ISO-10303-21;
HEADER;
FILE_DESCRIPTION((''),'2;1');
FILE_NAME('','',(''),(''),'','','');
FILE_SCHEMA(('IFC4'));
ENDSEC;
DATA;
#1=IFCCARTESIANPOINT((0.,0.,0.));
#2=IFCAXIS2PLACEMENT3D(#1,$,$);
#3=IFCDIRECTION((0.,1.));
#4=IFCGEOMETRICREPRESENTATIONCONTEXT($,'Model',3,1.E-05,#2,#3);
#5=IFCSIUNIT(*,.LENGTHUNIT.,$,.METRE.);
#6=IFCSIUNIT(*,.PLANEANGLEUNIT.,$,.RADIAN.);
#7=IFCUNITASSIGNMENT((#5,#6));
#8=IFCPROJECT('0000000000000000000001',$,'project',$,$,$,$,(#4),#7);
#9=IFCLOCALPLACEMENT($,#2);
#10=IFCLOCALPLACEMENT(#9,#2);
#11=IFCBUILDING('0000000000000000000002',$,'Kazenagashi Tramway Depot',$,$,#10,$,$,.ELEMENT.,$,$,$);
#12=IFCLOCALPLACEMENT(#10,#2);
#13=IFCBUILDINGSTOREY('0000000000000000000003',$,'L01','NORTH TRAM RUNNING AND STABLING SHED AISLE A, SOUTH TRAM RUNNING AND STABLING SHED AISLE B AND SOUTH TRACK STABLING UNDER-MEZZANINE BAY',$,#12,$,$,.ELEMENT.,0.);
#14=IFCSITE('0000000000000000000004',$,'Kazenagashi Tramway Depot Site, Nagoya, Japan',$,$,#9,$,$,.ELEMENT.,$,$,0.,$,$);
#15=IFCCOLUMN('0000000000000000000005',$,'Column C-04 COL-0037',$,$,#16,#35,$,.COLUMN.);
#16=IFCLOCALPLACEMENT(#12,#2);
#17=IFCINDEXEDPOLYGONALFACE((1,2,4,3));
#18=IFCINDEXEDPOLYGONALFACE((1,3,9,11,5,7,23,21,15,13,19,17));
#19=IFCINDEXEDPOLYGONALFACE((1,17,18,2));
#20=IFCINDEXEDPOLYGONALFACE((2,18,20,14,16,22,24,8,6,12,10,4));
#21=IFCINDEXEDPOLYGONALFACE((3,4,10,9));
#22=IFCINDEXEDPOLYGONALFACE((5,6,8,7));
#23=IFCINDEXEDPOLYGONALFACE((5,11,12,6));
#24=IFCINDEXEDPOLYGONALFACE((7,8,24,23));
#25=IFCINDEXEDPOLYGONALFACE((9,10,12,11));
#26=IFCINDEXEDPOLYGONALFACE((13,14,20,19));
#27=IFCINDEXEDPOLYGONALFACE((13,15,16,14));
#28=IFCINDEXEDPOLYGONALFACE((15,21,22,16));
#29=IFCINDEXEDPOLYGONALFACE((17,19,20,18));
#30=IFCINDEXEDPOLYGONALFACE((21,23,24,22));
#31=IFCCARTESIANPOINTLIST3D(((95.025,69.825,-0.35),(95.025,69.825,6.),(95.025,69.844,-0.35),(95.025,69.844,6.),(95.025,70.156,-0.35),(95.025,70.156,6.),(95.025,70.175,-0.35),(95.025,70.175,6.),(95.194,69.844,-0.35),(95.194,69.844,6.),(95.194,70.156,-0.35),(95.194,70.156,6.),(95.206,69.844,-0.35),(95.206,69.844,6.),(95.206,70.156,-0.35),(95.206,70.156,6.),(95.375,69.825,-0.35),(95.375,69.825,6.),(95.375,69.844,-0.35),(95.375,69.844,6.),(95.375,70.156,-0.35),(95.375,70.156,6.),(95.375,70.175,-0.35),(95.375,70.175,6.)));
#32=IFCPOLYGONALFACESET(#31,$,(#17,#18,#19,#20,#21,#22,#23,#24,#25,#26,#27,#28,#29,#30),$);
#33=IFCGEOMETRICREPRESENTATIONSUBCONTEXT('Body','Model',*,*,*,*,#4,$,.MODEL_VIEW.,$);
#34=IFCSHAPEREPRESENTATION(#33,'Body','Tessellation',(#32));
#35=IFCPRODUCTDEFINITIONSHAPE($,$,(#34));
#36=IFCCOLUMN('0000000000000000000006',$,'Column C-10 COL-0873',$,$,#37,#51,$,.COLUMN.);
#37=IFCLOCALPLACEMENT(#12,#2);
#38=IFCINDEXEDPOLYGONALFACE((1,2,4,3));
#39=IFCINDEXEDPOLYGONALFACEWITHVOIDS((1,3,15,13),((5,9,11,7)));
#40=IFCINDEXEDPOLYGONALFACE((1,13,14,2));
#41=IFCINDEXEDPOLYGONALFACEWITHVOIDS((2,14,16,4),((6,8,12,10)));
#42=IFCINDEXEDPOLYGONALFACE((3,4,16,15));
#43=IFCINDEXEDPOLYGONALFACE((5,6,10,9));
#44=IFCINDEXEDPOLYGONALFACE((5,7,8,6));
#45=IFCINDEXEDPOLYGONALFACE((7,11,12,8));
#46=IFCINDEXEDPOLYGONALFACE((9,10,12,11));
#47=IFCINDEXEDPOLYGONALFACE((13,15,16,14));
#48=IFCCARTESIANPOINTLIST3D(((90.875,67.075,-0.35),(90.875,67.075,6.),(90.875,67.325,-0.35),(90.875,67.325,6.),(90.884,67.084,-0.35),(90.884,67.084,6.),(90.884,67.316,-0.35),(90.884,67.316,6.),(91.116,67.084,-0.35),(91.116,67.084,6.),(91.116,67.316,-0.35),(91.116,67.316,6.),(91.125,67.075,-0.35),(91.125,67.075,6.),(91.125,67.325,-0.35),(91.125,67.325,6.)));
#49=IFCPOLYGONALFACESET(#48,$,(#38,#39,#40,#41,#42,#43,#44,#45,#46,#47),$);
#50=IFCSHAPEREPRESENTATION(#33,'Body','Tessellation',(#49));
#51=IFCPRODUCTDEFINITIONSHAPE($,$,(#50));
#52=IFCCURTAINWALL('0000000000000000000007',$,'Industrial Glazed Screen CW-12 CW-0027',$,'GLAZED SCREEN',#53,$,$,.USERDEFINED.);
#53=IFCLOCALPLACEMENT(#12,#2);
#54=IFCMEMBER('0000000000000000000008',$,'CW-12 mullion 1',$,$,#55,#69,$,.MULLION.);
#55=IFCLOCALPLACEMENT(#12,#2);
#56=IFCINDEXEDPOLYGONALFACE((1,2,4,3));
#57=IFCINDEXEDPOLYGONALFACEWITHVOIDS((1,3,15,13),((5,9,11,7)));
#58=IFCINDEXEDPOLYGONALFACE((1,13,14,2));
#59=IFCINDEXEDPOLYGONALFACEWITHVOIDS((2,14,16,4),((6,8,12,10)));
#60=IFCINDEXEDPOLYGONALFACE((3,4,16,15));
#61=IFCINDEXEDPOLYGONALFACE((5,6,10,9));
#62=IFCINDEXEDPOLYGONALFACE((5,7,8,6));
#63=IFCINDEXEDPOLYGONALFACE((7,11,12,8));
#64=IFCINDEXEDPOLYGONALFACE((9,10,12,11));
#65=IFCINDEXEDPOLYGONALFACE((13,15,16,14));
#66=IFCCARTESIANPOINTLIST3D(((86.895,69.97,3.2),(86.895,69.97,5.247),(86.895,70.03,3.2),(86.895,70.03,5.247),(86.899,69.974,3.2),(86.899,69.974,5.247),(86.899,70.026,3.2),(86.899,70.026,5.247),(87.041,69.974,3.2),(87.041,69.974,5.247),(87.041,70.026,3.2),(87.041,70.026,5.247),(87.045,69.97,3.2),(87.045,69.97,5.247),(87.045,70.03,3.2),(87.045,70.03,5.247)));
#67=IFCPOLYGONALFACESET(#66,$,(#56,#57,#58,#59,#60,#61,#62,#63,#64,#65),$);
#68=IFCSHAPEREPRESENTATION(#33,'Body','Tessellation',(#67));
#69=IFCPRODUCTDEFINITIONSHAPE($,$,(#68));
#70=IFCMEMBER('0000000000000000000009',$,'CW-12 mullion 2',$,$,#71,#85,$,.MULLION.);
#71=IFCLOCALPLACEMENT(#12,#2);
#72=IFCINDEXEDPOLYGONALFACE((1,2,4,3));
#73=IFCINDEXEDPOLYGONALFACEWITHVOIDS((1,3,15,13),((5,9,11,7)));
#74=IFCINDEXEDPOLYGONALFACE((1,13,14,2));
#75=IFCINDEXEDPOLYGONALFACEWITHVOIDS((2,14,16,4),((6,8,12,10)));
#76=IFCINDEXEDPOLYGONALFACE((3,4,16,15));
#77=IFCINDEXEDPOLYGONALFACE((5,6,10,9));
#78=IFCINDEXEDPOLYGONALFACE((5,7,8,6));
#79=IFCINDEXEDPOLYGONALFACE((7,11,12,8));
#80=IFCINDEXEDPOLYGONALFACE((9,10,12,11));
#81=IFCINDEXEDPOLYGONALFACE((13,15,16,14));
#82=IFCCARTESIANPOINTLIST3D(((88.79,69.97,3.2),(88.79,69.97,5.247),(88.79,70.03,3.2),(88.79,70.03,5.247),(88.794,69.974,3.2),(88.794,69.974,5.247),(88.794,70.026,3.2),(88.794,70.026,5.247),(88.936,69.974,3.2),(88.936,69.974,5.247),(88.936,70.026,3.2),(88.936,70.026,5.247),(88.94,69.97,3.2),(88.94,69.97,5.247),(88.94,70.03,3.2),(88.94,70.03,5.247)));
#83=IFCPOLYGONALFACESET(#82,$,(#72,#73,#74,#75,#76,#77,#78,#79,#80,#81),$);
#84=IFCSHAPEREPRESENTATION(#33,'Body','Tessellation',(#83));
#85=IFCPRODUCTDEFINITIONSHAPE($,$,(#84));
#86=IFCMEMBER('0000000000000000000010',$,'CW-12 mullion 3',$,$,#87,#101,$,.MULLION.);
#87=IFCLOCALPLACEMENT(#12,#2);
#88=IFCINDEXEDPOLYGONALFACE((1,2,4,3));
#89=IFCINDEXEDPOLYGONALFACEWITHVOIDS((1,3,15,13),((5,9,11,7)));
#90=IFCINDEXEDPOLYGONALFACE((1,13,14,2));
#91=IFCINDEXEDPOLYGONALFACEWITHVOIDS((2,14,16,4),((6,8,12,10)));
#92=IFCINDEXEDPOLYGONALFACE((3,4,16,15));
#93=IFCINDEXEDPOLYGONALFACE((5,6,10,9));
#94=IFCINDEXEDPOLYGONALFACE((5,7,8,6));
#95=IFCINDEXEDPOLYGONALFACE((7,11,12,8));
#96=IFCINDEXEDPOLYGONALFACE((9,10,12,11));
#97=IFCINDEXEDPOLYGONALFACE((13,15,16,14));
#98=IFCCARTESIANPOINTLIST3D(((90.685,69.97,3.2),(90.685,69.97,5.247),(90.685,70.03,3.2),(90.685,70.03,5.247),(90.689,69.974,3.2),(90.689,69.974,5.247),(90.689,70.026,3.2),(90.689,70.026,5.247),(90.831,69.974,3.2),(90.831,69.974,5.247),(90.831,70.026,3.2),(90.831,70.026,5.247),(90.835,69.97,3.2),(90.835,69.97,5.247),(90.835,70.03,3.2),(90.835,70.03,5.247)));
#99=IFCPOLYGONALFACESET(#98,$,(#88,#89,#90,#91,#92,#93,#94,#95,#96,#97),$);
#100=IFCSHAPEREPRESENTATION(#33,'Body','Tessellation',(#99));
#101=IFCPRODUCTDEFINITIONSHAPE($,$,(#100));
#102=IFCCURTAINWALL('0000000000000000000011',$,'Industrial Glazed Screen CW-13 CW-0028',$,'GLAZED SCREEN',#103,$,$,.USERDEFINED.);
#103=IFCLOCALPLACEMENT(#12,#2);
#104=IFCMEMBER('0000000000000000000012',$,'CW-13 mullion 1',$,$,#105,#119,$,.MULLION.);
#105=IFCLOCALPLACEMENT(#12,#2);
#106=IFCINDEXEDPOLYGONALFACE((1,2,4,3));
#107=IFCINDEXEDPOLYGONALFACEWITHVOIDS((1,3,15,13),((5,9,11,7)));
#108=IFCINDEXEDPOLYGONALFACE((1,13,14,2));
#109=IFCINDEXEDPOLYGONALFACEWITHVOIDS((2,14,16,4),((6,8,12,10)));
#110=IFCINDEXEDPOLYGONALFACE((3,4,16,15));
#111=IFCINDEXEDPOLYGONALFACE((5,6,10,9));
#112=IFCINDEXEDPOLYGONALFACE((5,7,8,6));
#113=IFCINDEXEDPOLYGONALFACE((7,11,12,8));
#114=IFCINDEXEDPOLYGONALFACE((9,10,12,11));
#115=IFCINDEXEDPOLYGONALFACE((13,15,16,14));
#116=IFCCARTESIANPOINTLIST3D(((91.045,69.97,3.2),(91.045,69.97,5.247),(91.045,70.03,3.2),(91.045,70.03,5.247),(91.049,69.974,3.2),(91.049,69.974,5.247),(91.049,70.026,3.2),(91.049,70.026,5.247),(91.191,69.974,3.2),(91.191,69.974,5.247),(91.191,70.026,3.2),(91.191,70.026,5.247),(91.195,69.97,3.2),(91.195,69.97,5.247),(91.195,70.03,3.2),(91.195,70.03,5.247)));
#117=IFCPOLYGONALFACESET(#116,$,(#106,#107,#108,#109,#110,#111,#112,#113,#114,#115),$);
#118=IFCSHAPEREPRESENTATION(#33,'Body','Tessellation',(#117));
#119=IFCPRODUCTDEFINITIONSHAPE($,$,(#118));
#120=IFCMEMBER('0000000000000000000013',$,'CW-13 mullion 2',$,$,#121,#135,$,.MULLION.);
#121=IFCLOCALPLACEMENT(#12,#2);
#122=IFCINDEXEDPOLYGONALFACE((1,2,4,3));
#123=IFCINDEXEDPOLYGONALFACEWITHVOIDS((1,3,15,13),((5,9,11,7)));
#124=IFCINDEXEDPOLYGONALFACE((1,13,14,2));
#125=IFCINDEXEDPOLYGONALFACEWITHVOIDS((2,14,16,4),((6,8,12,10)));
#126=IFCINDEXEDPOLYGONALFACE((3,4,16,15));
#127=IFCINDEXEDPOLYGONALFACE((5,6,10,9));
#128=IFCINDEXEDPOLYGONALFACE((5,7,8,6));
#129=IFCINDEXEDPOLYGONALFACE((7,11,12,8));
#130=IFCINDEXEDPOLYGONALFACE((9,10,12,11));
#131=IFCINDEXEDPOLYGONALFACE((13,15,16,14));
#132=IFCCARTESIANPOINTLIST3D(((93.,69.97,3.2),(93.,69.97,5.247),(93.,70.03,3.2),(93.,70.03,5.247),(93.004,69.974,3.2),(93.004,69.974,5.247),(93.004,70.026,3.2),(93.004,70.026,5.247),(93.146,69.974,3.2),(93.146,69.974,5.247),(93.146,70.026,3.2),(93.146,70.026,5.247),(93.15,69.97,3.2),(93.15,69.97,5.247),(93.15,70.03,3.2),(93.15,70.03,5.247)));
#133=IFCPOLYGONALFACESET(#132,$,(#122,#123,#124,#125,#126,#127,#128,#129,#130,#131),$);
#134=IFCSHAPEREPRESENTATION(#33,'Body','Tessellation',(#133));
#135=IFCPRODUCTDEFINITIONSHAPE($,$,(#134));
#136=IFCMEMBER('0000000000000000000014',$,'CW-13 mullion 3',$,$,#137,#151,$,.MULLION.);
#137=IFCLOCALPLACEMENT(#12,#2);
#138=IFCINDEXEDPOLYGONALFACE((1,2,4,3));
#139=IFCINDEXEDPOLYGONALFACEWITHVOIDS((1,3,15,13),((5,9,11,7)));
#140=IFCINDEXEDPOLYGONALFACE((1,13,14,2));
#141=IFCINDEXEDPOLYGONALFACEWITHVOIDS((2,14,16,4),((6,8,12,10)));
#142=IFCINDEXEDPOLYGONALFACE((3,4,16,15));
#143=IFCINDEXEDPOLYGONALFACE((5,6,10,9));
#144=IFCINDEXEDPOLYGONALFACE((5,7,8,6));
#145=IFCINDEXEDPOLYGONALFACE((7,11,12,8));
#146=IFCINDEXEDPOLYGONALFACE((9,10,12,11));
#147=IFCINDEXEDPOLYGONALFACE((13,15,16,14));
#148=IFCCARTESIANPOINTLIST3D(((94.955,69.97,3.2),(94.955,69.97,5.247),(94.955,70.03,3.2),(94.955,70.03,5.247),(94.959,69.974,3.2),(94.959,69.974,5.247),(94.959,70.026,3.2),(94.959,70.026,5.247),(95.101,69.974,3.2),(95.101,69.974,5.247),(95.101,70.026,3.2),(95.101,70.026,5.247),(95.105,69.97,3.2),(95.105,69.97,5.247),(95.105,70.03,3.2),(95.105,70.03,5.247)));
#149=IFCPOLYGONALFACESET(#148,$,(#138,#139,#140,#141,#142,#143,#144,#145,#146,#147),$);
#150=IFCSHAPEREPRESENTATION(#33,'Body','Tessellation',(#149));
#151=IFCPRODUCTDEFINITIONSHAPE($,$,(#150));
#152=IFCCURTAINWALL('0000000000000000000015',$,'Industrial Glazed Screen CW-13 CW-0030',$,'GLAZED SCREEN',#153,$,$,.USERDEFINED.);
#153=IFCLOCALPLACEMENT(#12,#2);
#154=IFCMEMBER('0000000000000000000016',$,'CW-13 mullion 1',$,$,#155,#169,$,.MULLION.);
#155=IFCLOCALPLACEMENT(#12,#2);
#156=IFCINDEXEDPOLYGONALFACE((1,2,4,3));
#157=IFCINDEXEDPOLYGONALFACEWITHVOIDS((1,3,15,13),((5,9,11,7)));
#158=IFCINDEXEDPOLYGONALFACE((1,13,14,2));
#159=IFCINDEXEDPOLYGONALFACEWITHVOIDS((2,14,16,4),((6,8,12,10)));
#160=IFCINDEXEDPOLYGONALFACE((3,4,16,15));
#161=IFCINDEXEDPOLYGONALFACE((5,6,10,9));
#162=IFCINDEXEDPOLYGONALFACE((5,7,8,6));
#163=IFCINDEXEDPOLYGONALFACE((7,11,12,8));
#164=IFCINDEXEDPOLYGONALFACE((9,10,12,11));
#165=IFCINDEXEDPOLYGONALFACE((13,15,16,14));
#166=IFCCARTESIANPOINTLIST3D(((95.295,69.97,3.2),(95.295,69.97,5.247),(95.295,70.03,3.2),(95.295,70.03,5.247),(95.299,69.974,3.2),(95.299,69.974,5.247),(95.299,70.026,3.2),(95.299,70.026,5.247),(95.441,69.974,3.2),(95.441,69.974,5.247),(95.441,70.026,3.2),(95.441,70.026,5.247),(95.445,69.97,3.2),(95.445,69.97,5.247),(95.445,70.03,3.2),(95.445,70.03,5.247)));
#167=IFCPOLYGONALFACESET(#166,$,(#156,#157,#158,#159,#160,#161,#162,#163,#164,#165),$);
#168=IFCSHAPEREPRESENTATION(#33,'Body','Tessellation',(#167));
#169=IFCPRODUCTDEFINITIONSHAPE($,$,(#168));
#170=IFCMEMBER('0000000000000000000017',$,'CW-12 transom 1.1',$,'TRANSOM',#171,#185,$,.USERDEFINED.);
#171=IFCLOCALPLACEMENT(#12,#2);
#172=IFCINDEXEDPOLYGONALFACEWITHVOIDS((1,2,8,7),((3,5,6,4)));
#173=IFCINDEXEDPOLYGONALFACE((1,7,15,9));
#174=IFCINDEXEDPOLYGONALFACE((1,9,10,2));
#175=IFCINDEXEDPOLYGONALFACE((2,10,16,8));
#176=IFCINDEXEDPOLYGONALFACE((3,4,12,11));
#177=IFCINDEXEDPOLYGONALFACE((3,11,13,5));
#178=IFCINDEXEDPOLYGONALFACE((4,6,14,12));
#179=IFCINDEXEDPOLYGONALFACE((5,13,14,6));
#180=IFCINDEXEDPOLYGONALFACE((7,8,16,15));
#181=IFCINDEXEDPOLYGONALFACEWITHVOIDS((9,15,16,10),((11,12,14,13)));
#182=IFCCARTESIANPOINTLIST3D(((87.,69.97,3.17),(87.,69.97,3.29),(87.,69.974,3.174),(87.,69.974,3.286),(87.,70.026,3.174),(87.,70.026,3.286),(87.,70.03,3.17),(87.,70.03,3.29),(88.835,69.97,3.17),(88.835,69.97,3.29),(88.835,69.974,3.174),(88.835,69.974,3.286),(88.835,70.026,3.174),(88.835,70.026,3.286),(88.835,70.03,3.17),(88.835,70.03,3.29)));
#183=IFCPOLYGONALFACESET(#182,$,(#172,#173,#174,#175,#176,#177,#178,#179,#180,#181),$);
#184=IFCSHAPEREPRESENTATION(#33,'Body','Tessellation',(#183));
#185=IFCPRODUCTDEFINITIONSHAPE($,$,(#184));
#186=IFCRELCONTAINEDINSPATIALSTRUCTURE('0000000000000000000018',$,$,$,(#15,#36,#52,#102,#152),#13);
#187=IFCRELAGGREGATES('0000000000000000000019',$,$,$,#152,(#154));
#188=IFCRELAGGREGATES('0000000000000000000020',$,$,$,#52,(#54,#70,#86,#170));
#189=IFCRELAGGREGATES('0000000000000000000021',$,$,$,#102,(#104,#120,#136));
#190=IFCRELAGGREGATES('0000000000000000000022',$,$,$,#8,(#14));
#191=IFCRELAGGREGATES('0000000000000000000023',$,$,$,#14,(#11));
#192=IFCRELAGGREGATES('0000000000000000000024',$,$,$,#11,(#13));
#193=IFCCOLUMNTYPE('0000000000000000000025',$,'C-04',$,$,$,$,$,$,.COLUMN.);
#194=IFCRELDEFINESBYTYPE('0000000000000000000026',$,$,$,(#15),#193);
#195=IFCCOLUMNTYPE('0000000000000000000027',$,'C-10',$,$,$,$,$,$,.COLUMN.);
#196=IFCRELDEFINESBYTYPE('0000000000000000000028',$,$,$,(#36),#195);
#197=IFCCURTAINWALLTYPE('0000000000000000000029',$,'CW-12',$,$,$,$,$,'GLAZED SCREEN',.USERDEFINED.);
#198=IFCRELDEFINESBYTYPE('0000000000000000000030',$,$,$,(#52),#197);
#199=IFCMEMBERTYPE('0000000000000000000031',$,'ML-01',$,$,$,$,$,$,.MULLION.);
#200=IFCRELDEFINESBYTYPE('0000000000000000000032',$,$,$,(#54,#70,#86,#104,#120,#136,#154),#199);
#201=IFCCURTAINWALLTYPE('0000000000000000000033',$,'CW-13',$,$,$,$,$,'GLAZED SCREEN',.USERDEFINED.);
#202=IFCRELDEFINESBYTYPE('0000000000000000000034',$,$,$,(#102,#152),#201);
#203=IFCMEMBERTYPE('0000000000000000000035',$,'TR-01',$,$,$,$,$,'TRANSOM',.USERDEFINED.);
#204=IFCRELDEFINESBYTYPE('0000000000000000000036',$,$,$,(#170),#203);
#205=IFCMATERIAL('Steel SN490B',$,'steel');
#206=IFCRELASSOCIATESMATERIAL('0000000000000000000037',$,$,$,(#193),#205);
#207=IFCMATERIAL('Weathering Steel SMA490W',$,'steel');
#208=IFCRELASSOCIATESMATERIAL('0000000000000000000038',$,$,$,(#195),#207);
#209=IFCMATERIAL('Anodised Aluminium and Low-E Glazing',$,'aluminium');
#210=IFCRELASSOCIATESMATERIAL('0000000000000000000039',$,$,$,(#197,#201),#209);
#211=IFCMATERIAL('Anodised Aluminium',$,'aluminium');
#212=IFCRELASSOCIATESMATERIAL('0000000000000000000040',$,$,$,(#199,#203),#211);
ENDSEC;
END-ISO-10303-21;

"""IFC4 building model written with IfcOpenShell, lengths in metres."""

from ifc_helpers import new_model, si_unit, direction, frame, origin, origin_2d, place, context, subcontext, project, spatial, hollow_rectangle, i_section, extrude, material, material_profile, profile_set, type_object, element, aggregate, save


model = new_model("IFC4")

# Units and contexts
model_context = context("Model", 3, precision=1e-05, world=origin(), true_north=direction((0.0, 1.0)))
body_context = subcontext(model_context, "Body", "Model", "MODEL_VIEW")
ifc_project = project(units=[si_unit("LENGTHUNIT", "METRE"), si_unit("PLANEANGLEUNIT", "RADIAN")], contexts=[model_context])

# Site, building, storey
site_placement = place(None, origin())
site = spatial("IfcSite", under=ifc_project, at=site_placement, Name="Kazenagashi Tramway Depot Site, Nagoya, Japan", CompositionType="ELEMENT", RefElevation=0.0)
building_placement = place(site_placement, origin())
building = spatial("IfcBuilding", under=site, at=building_placement, Name="Kazenagashi Tramway Depot", CompositionType="ELEMENT")
storey_placement = place(building_placement, origin())
storey = spatial("IfcBuildingStorey", under=building, at=storey_placement, Name="L01", Description="NORTH TRAM RUNNING AND STABLING SHED AISLE A, SOUTH TRAM RUNNING AND STABLING SHED AISLE B AND SOUTH TRACK STABLING UNDER-MEZZANINE BAY", CompositionType="ELEMENT", Elevation=0.0)

# Columns
ifc_material_1 = material(Name="Steel SN490B", Category="steel")
ifc_material_profile_1 = material_profile(ifc_material_1, i_section(OverallWidth=0.35, OverallDepth=0.35, WebThickness=0.012, FlangeThickness=0.019, at=origin_2d()), Name="H-350x350x12x19")
ifc_profile_set_1 = profile_set([ifc_material_profile_1], Name="Steel SN490B")
column_type_1 = type_object("IfcColumnType", Name="C-04", PredefinedType="COLUMN", material=ifc_profile_set_1)
column_1_placement = place(storey_placement, frame((95.2, 70.0, -0.35), z_axis=(0.0, 0.0, 1.0), x_axis=(1.0, 0.0, 0.0)))
element("IfcColumn", 1, at=column_1_placement, inside=storey, type_object=column_type_1, Name="Column C-04 COL-0037", PredefinedType="COLUMN", context=body_context, shape_type="SweptSolid", body=[
    extrude(i_section(OverallWidth=0.35, OverallDepth=0.35, WebThickness=0.012, FlangeThickness=0.019, at=origin_2d()), origin(), (0.0, 0.0, 1.0), 6.35),
])
ifc_material_2 = material(Name="Weathering Steel SMA490W", Category="steel")
ifc_material_profile_2 = material_profile(ifc_material_2, hollow_rectangle(XDim=0.25, YDim=0.25, WallThickness=0.009, at=origin_2d()), Name="SHS-250x250x9")
ifc_profile_set_2 = profile_set([ifc_material_profile_2], Name="Weathering Steel SMA490W")
column_type_2 = type_object("IfcColumnType", Name="C-10", PredefinedType="COLUMN", material=ifc_profile_set_2)
column_2_placement = place(storey_placement, frame((91.0, 67.2, -0.35), z_axis=(0.0, 0.0, 1.0), x_axis=(1.0, 0.0, 0.0)))
element("IfcColumn", 2, at=column_2_placement, inside=storey, type_object=column_type_2, Name="Column C-10 COL-0873", PredefinedType="COLUMN", context=body_context, shape_type="SweptSolid", body=[
    extrude(hollow_rectangle(XDim=0.25, YDim=0.25, WallThickness=0.009, at=origin_2d()), origin(), (0.0, 0.0, 1.0), 6.35),
])

# Curtain walls, members
ifc_material_3 = material(Name="Anodised Aluminium and Low-E Glazing", Category="aluminium")
curtain_wall_type_1 = type_object("IfcCurtainWallType", Name="CW-12", ElementType="GLAZED SCREEN", PredefinedType="USERDEFINED", material=ifc_material_3)
curtain_wall_1_placement = place(storey_placement, origin())
curtain_wall_1 = element("IfcCurtainWall", 3, at=curtain_wall_1_placement, inside=storey, type_object=curtain_wall_type_1, Name="Industrial Glazed Screen CW-12 CW-0027", ObjectType="GLAZED SCREEN", PredefinedType="USERDEFINED")
ifc_material_4 = material(Name="Anodised Aluminium", Category="aluminium")
ifc_material_profile_3 = material_profile(ifc_material_4, hollow_rectangle(XDim=0.06, YDim=0.15, WallThickness=0.004, at=origin_2d()), Name="RHS-150x60x4")
ifc_profile_set_3 = profile_set([ifc_material_profile_3], Name="Anodised Aluminium")
member_type_1 = type_object("IfcMemberType", Name="ML-01", PredefinedType="MULLION", material=ifc_profile_set_3)
member_1_placement = place(storey_placement, frame((86.97, 70.0, 3.2), z_axis=(0.0, 0.0, 1.0), x_axis=(0.0, 1.0, 0.0)))
member_1 = element("IfcMember", 4, at=member_1_placement, type_object=member_type_1, Name="CW-12 mullion 1", PredefinedType="MULLION", context=body_context, shape_type="SweptSolid", body=[
    extrude(hollow_rectangle(XDim=0.06, YDim=0.15, WallThickness=0.004, at=origin_2d()), origin(), (0.0, 0.0, 1.0), 2.047),
])
member_2_placement = place(storey_placement, frame((88.865, 70.0, 3.2), z_axis=(0.0, 0.0, 1.0), x_axis=(0.0, 1.0, 0.0)))
member_2 = element("IfcMember", 5, at=member_2_placement, type_object=member_type_1, Name="CW-12 mullion 2", PredefinedType="MULLION", context=body_context, shape_type="SweptSolid", body=[
    extrude(hollow_rectangle(XDim=0.06, YDim=0.15, WallThickness=0.004, at=origin_2d()), origin(), (0.0, 0.0, 1.0), 2.047),
])
member_3_placement = place(storey_placement, frame((90.76, 70.0, 3.2), z_axis=(0.0, 0.0, 1.0), x_axis=(0.0, 1.0, 0.0)))
member_3 = element("IfcMember", 6, at=member_3_placement, type_object=member_type_1, Name="CW-12 mullion 3", PredefinedType="MULLION", context=body_context, shape_type="SweptSolid", body=[
    extrude(hollow_rectangle(XDim=0.06, YDim=0.15, WallThickness=0.004, at=origin_2d()), origin(), (0.0, 0.0, 1.0), 2.047),
])
curtain_wall_type_2 = type_object("IfcCurtainWallType", Name="CW-13", ElementType="GLAZED SCREEN", PredefinedType="USERDEFINED", material=ifc_material_3)
curtain_wall_2_placement = place(storey_placement, origin())
curtain_wall_2 = element("IfcCurtainWall", 7, at=curtain_wall_2_placement, inside=storey, type_object=curtain_wall_type_2, Name="Industrial Glazed Screen CW-13 CW-0028", ObjectType="GLAZED SCREEN", PredefinedType="USERDEFINED")
member_4_placement = place(storey_placement, frame((91.12, 70.0, 3.2), z_axis=(0.0, 0.0, 1.0), x_axis=(0.0, 1.0, 0.0)))
member_4 = element("IfcMember", 8, at=member_4_placement, type_object=member_type_1, Name="CW-13 mullion 1", PredefinedType="MULLION", context=body_context, shape_type="SweptSolid", body=[
    extrude(hollow_rectangle(XDim=0.06, YDim=0.15, WallThickness=0.004, at=origin_2d()), origin(), (0.0, 0.0, 1.0), 2.047),
])
member_5_placement = place(storey_placement, frame((93.075, 70.0, 3.2), z_axis=(0.0, 0.0, 1.0), x_axis=(0.0, 1.0, 0.0)))
member_5 = element("IfcMember", 9, at=member_5_placement, type_object=member_type_1, Name="CW-13 mullion 2", PredefinedType="MULLION", context=body_context, shape_type="SweptSolid", body=[
    extrude(hollow_rectangle(XDim=0.06, YDim=0.15, WallThickness=0.004, at=origin_2d()), origin(), (0.0, 0.0, 1.0), 2.047),
])
member_6_placement = place(storey_placement, frame((95.03, 70.0, 3.2), z_axis=(0.0, 0.0, 1.0), x_axis=(0.0, 1.0, 0.0)))
member_6 = element("IfcMember", 10, at=member_6_placement, type_object=member_type_1, Name="CW-13 mullion 3", PredefinedType="MULLION", context=body_context, shape_type="SweptSolid", body=[
    extrude(hollow_rectangle(XDim=0.06, YDim=0.15, WallThickness=0.004, at=origin_2d()), origin(), (0.0, 0.0, 1.0), 2.047),
])

# Curtain wall, member
curtain_wall_3_placement = place(storey_placement, origin())
curtain_wall_3 = element("IfcCurtainWall", 11, at=curtain_wall_3_placement, inside=storey, type_object=curtain_wall_type_2, Name="Industrial Glazed Screen CW-13 CW-0030", ObjectType="GLAZED SCREEN", PredefinedType="USERDEFINED")
member_7_placement = place(storey_placement, frame((95.37, 70.0, 3.2), z_axis=(0.0, 0.0, 1.0), x_axis=(0.0, 1.0, 0.0)))
member_7 = element("IfcMember", 12, at=member_7_placement, type_object=member_type_1, Name="CW-13 mullion 1", PredefinedType="MULLION", context=body_context, shape_type="SweptSolid", body=[
    extrude(hollow_rectangle(XDim=0.06, YDim=0.15, WallThickness=0.004, at=origin_2d()), origin(), (0.0, 0.0, 1.0), 2.047),
])
aggregate(curtain_wall_3, [member_7])

# Member
ifc_material_profile_4 = material_profile(ifc_material_4, hollow_rectangle(XDim=0.06, YDim=0.12, WallThickness=0.004, at=origin_2d()), Name="RHS-120x60x4")
ifc_profile_set_4 = profile_set([ifc_material_profile_4], Name="Anodised Aluminium")
member_type_2 = type_object("IfcMemberType", Name="TR-01", ElementType="TRANSOM", PredefinedType="USERDEFINED", material=ifc_profile_set_4)
member_8_placement = place(storey_placement, frame((87.0, 70.0, 3.23), z_axis=(1.0, 0.0, 0.0), x_axis=(0.0, 1.0, 0.0)))
member_8 = element("IfcMember", 13, at=member_8_placement, type_object=member_type_2, Name="CW-12 transom 1.1", ObjectType="TRANSOM", PredefinedType="USERDEFINED", context=body_context, shape_type="SweptSolid", body=[
    extrude(hollow_rectangle(XDim=0.06, YDim=0.12, WallThickness=0.004, at=origin_2d()), origin(), (0.0, 0.0, 1.0), 1.835),
])

aggregate(curtain_wall_1, [member_1, member_2, member_3, member_8])
aggregate(curtain_wall_2, [member_4, member_5, member_6])

save(model, "model.ifc")
